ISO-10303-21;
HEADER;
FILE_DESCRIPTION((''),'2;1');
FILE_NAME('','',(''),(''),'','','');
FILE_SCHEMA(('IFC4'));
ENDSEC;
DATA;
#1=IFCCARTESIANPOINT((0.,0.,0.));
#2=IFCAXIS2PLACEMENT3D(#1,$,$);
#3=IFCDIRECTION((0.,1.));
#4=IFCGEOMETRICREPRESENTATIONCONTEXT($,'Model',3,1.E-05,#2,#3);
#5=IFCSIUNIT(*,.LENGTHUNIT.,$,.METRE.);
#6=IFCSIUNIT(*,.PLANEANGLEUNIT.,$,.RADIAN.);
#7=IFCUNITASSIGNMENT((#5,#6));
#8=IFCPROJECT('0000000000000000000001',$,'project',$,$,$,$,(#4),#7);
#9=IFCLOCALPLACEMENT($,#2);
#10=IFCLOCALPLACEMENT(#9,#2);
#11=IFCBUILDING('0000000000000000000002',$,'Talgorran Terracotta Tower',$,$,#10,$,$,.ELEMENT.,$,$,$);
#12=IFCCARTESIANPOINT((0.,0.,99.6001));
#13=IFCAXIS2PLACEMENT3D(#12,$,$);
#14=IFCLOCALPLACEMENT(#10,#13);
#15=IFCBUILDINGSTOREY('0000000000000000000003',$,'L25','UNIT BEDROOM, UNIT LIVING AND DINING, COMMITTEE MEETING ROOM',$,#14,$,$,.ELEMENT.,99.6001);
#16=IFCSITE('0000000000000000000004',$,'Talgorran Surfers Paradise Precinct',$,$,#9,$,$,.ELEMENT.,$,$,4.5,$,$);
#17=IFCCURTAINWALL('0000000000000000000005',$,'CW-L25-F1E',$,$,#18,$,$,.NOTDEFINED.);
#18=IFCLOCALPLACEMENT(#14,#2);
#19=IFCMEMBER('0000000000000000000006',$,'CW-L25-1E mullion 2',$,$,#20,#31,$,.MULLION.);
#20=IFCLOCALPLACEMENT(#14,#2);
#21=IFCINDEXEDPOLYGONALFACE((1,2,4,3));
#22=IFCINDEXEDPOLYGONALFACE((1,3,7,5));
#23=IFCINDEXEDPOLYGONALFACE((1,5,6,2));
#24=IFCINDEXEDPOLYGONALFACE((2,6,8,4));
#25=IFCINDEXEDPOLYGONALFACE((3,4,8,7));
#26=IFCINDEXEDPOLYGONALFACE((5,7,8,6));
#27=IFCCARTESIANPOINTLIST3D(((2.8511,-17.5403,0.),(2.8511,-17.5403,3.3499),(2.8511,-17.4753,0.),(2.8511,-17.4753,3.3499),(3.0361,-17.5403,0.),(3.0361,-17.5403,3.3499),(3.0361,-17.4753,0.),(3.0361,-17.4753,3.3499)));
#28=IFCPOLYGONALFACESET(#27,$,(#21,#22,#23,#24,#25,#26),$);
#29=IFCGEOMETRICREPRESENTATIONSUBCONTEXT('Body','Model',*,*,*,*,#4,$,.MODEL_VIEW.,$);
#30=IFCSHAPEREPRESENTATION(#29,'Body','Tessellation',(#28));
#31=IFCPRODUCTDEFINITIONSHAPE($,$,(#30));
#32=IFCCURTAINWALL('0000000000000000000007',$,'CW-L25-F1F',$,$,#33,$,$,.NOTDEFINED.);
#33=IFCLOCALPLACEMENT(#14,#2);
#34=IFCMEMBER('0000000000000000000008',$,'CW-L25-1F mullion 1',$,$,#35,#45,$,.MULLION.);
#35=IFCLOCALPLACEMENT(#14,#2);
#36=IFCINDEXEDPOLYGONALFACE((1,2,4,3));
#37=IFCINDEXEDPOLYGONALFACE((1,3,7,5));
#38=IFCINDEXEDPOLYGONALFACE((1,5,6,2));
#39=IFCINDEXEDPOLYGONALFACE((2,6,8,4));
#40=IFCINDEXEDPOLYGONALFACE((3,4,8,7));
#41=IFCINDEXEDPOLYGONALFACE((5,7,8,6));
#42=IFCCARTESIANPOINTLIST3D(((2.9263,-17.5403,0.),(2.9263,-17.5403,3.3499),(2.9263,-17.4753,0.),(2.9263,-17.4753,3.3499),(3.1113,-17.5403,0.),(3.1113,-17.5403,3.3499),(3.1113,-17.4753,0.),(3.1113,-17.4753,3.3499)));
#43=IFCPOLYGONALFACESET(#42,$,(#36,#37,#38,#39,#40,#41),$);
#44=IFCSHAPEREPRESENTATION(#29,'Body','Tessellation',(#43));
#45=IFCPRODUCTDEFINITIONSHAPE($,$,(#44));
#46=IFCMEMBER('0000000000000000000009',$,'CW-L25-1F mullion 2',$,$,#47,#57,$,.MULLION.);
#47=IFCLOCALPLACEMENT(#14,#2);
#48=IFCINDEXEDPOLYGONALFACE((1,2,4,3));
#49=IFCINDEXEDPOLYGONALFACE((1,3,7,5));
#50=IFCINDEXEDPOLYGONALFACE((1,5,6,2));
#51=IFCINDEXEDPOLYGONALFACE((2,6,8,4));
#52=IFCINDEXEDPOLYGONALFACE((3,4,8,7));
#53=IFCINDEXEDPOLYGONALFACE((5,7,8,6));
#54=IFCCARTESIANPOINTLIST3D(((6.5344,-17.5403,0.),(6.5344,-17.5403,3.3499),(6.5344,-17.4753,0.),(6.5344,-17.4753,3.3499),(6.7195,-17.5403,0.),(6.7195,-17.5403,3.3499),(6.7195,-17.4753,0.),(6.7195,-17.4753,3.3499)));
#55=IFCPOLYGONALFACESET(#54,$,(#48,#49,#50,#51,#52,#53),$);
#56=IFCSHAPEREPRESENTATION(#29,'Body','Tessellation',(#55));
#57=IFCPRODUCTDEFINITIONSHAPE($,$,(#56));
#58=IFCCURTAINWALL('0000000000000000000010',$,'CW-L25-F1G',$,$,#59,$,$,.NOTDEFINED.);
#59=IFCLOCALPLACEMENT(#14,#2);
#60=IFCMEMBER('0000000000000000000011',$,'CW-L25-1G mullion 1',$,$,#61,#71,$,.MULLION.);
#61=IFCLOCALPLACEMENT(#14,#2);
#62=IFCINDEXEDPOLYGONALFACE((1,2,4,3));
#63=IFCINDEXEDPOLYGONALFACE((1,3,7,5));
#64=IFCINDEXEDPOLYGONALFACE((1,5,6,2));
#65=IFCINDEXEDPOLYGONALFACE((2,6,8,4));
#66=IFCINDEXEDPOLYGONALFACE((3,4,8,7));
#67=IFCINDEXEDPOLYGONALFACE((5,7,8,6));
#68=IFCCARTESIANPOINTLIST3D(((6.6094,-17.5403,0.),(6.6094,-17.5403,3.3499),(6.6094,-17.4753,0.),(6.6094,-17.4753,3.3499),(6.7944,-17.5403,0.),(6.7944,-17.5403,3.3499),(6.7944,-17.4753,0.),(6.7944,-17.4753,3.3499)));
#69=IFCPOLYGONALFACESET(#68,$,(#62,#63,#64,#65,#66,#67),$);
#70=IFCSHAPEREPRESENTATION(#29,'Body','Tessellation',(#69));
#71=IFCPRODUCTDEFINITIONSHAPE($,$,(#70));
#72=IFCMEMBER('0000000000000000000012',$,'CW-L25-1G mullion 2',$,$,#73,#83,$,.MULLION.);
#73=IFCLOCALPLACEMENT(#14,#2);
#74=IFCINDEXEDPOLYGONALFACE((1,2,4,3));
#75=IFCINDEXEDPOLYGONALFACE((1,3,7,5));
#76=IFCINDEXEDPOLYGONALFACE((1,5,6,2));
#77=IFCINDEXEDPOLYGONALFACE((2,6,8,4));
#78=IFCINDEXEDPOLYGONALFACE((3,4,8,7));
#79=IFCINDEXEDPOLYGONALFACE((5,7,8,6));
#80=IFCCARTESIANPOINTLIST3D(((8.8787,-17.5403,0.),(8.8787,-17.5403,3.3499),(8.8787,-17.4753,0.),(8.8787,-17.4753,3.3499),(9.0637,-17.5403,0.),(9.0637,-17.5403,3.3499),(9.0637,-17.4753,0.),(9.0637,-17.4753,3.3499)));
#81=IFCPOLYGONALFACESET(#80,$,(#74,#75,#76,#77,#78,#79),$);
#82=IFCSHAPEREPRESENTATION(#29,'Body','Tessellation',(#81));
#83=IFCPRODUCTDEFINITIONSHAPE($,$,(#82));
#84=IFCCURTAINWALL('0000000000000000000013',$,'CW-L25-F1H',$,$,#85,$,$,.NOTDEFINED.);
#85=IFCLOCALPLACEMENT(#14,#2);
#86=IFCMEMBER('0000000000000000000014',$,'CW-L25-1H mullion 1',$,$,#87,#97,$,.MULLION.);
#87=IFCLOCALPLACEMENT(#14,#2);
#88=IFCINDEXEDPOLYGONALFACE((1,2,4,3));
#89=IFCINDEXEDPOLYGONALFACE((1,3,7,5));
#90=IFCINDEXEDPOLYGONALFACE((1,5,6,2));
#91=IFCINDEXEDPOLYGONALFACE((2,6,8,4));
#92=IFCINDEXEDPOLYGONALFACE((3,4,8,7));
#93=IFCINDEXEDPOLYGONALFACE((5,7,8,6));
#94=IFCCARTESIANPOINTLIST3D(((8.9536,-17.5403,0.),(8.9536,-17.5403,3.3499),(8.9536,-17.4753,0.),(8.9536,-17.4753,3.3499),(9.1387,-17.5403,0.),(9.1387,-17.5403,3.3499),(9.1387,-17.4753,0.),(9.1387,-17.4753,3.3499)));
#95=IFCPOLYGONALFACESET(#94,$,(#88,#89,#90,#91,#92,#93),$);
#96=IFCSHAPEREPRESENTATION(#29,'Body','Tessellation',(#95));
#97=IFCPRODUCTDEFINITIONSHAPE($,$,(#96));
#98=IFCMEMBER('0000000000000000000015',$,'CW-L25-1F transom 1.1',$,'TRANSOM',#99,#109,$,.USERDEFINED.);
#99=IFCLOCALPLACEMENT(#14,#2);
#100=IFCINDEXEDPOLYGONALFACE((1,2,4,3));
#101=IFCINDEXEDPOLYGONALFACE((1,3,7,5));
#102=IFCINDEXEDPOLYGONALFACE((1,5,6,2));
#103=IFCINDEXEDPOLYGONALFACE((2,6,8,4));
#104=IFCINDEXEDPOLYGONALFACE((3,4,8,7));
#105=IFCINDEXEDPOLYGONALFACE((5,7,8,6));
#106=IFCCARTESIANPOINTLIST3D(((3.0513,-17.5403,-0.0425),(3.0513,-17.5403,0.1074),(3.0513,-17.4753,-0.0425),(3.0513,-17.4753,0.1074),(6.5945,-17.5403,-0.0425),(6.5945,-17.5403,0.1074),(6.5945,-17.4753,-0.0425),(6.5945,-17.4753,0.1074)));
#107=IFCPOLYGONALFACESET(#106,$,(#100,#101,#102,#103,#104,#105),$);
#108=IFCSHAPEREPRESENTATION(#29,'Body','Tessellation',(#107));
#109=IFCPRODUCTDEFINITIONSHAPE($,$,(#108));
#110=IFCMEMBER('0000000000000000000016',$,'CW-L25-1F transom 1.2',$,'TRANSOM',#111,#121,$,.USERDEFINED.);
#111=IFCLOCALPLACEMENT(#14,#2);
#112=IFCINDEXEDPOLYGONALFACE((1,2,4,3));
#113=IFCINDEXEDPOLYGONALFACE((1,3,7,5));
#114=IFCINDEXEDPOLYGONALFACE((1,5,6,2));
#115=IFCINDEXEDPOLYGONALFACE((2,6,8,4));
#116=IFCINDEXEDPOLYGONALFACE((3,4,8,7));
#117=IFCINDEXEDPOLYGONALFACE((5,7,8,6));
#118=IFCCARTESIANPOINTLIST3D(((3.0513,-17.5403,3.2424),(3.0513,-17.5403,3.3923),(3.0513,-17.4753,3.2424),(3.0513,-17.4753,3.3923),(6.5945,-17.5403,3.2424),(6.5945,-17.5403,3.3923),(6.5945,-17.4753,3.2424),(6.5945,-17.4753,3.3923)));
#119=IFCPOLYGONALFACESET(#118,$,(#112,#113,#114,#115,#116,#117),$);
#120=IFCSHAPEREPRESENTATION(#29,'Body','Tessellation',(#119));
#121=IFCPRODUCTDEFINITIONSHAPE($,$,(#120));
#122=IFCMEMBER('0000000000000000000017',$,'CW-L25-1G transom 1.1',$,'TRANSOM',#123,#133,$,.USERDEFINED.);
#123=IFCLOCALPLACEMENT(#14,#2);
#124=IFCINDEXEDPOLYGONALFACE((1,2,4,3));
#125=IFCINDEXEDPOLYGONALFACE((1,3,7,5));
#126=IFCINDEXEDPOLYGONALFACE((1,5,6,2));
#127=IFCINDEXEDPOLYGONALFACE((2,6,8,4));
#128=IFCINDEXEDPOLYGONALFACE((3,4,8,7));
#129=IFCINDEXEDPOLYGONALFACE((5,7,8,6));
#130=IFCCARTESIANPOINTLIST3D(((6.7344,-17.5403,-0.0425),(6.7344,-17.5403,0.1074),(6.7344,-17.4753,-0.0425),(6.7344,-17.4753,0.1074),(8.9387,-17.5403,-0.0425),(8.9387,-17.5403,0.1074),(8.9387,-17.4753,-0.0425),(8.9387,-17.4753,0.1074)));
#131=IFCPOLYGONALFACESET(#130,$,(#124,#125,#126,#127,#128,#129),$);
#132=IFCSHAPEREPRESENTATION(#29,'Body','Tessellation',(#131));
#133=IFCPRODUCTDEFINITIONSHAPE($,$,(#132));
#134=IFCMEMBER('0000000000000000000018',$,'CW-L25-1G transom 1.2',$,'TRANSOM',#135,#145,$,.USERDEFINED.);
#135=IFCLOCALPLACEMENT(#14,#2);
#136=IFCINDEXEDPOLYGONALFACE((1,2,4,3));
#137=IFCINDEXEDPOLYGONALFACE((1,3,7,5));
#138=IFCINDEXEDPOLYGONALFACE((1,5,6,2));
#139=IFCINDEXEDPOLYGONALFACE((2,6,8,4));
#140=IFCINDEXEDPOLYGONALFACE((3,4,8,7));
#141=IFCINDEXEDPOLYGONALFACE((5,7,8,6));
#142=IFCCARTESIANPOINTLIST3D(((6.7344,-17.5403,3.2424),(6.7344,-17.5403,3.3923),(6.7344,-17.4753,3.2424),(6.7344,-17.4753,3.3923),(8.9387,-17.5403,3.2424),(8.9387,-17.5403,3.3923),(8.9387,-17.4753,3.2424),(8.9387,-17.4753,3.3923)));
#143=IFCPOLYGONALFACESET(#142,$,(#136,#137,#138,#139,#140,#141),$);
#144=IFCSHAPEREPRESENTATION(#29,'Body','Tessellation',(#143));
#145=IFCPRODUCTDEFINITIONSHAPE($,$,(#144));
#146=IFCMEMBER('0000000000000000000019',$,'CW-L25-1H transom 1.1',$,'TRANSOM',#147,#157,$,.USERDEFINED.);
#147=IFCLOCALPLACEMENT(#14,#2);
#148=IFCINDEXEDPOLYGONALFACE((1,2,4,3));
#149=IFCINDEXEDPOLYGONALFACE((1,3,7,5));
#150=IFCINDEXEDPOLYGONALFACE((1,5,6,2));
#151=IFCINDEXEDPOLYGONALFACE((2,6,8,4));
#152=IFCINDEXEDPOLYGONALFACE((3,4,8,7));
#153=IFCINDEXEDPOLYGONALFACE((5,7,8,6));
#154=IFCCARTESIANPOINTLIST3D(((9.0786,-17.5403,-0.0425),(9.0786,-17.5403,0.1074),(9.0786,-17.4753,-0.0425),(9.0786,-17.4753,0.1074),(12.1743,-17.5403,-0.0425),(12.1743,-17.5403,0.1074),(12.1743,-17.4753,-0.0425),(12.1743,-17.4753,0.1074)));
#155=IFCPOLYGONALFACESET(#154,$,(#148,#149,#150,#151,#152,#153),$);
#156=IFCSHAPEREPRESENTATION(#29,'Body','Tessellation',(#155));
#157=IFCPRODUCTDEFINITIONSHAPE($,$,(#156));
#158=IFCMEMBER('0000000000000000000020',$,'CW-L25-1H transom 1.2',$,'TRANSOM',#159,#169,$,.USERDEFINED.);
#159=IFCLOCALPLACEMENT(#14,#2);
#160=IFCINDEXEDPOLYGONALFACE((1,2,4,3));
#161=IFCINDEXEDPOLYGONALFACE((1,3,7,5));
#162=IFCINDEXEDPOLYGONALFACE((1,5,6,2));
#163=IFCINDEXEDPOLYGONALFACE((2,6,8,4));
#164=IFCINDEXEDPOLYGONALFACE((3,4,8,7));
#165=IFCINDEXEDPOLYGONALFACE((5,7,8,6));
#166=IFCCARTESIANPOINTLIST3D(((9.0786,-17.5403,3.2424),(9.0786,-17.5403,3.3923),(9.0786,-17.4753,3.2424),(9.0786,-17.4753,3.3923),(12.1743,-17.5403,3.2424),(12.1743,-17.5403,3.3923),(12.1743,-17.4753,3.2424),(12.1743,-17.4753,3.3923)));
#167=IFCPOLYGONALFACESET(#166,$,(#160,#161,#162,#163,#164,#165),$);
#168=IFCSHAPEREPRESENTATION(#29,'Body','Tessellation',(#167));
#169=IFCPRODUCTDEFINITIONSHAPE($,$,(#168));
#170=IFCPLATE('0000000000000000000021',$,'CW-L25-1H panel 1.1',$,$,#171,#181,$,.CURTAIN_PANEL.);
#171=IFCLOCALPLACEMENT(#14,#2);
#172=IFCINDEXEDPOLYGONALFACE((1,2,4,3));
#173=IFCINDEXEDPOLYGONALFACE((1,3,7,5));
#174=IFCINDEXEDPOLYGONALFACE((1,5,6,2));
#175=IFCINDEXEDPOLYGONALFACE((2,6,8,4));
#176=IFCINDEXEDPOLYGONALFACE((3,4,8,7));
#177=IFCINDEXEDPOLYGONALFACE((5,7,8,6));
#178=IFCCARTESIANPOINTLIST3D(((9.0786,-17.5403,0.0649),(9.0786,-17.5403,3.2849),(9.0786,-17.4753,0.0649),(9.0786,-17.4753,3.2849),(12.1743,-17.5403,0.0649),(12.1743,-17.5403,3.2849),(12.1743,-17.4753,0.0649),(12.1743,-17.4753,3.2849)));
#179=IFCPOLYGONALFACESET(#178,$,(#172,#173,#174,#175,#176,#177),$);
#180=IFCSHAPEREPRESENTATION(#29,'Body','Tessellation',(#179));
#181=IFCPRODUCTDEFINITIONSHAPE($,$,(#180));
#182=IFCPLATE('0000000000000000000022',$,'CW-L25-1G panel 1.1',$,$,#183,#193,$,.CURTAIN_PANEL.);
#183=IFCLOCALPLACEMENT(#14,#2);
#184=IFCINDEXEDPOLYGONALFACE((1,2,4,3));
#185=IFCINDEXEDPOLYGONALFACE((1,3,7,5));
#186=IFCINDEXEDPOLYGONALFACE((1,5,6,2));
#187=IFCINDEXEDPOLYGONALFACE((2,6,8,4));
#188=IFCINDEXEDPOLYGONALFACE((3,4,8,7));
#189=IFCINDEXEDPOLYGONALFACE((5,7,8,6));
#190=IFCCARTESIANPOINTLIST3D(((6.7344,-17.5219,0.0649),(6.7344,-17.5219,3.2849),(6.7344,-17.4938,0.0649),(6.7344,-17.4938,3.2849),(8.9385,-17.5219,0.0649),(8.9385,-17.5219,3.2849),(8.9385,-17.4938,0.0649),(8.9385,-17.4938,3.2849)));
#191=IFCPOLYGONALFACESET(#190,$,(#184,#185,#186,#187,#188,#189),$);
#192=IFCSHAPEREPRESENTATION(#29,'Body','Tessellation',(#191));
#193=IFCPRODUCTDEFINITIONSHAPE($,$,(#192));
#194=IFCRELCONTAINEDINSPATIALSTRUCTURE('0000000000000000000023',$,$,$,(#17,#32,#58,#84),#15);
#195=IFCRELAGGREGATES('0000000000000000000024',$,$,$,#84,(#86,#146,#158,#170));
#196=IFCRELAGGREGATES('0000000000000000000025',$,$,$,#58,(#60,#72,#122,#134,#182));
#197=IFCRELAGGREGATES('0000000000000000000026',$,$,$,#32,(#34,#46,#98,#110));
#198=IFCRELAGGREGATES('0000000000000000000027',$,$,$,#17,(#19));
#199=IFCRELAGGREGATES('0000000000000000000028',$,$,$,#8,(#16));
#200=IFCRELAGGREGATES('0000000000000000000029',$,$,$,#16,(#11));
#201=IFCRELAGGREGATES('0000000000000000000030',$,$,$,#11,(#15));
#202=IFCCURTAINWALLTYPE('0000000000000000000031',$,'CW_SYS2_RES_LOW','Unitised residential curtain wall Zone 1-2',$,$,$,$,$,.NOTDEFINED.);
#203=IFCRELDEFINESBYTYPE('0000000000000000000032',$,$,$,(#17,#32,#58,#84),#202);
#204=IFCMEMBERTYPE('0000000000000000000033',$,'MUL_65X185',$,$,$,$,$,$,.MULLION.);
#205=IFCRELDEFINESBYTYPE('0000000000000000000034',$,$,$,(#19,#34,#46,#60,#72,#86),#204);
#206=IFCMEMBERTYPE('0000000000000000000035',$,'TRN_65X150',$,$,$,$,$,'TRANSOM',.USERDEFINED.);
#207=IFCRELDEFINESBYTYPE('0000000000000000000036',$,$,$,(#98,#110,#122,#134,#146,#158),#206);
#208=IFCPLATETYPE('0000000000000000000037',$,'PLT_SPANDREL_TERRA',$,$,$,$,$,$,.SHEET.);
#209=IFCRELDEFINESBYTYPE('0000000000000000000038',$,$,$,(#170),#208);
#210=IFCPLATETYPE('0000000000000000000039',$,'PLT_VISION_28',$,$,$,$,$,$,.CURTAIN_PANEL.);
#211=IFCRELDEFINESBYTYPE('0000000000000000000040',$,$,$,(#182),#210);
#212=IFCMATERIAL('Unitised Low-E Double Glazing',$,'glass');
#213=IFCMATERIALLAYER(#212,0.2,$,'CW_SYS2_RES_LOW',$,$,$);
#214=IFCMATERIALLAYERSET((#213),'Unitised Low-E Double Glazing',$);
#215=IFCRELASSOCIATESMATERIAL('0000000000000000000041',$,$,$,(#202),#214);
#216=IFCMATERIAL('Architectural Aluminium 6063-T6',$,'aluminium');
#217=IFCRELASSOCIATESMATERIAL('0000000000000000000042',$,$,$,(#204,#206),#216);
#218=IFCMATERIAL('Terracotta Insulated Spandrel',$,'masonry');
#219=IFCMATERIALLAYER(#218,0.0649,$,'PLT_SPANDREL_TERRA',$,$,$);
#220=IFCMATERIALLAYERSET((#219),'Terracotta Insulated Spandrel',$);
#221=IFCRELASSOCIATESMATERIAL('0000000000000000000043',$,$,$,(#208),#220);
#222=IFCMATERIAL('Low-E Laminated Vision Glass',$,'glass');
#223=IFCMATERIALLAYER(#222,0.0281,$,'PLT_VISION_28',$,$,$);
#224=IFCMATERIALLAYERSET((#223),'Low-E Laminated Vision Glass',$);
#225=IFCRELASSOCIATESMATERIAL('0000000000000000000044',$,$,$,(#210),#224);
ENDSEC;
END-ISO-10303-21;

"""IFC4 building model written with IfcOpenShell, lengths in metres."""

from ifc_helpers import new_model, si_unit, direction, frame, origin, origin_2d, place, context, subcontext, project, spatial, rectangle, extrude, source, transform, mapped, material, layer, layer_set, material_profile, profile_set, type_object, element, aggregate, save


model = new_model("IFC4")

# Units and contexts
model_context = context("Model", 3, precision=1e-05, world=origin(), true_north=direction((0.0, 1.0)))
body_context = subcontext(model_context, "Body", "Model", "MODEL_VIEW")
ifc_project = project(units=[si_unit("LENGTHUNIT", "METRE"), si_unit("PLANEANGLEUNIT", "RADIAN")], contexts=[model_context])

# Site, building, storey
site_placement = place(None, origin())
site = spatial("IfcSite", under=ifc_project, at=site_placement, Name="Talgorran Surfers Paradise Precinct", CompositionType="ELEMENT", RefElevation=4.5)
building_placement = place(site_placement, origin())
building = spatial("IfcBuilding", under=site, at=building_placement, Name="Talgorran Terracotta Tower", CompositionType="ELEMENT")
storey_placement = place(building_placement, frame((0.0, 0.0, 99.6001)))
storey = spatial("IfcBuildingStorey", under=building, at=storey_placement, Name="L25", Description="UNIT BEDROOM, UNIT LIVING AND DINING, COMMITTEE MEETING ROOM", CompositionType="ELEMENT", Elevation=99.6001)

# Curtain wall, member
ifc_material_1 = material(Name="Unitised Low-E Double Glazing", Category="glass")
ifc_layer_1 = layer(ifc_material_1, 0.2, Name="CW_SYS2_RES_LOW")
ifc_layer_set_1 = layer_set([ifc_layer_1], Name="Unitised Low-E Double Glazing")
curtain_wall_type = type_object("IfcCurtainWallType", Name="CW_SYS2_RES_LOW", Description="Unitised residential curtain wall Zone 1-2", PredefinedType="NOTDEFINED", material=ifc_layer_set_1)
curtain_wall_1_placement = place(storey_placement, origin())
curtain_wall_1 = element("IfcCurtainWall", 1, at=curtain_wall_1_placement, inside=storey, type_object=curtain_wall_type, Name="CW-L25-F1E", PredefinedType="NOTDEFINED")
ifc_material_2 = material(Name="Architectural Aluminium 6063-T6", Category="aluminium")
ifc_material_profile_1 = material_profile(ifc_material_2, rectangle(XDim=0.0649, YDim=0.1851, at=origin_2d()), Name="CWM65X185")
ifc_profile_set_1 = profile_set([ifc_material_profile_1], Name="Architectural Aluminium 6063-T6")
member_type_1 = type_object("IfcMemberType", Name="MUL_65X185", PredefinedType="MULLION", material=ifc_profile_set_1)
member_1_placement = place(storey_placement, frame((2.9436, -17.5078, 0.0), z_axis=(0.0, 0.0, 1.0), x_axis=(0.0, 1.0, 0.0)))
member_1 = element("IfcMember", 2, at=member_1_placement, type_object=member_type_1, Name="CW-L25-1E mullion 2", PredefinedType="MULLION", context=body_context, shape_type="SweptSolid", body=[
    extrude(rectangle(XDim=0.0649, YDim=0.1851, at=origin_2d()), origin(), (0.0, 0.0, 1.0), 3.3499),
])

# Curtain walls, members
curtain_wall_2_placement = place(storey_placement, origin())
curtain_wall_2 = element("IfcCurtainWall", 3, at=curtain_wall_2_placement, inside=storey, type_object=curtain_wall_type, Name="CW-L25-F1F", PredefinedType="NOTDEFINED")
member_2_placement = place(storey_placement, frame((3.0188, -17.5078, 0.0), z_axis=(0.0, 0.0, 1.0), x_axis=(0.0, 1.0, 0.0)))
member_2 = element("IfcMember", 4, at=member_2_placement, type_object=member_type_1, Name="CW-L25-1F mullion 1", PredefinedType="MULLION", context=body_context, shape_type="SweptSolid", body=[
    extrude(rectangle(XDim=0.0649, YDim=0.1851, at=origin_2d()), origin(), (0.0, 0.0, 1.0), 3.3499),
])
member_3_placement = place(storey_placement, frame((6.627, -17.5078, 0.0), z_axis=(0.0, 0.0, 1.0), x_axis=(0.0, 1.0, 0.0)))
member_3 = element("IfcMember", 5, at=member_3_placement, type_object=member_type_1, Name="CW-L25-1F mullion 2", PredefinedType="MULLION", context=body_context, shape_type="SweptSolid", body=[
    extrude(rectangle(XDim=0.0649, YDim=0.1851, at=origin_2d()), origin(), (0.0, 0.0, 1.0), 3.3499),
])
curtain_wall_3_placement = place(storey_placement, origin())
curtain_wall_3 = element("IfcCurtainWall", 6, at=curtain_wall_3_placement, inside=storey, type_object=curtain_wall_type, Name="CW-L25-F1G", PredefinedType="NOTDEFINED")
member_4_placement = place(storey_placement, frame((6.7019, -17.5078, 0.0), z_axis=(0.0, 0.0, 1.0), x_axis=(0.0, 1.0, 0.0)))
member_4 = element("IfcMember", 7, at=member_4_placement, type_object=member_type_1, Name="CW-L25-1G mullion 1", PredefinedType="MULLION", context=body_context, shape_type="SweptSolid", body=[
    extrude(rectangle(XDim=0.0649, YDim=0.1851, at=origin_2d()), origin(), (0.0, 0.0, 1.0), 3.3499),
])
member_5_placement = place(storey_placement, frame((8.9712, -17.5078, 0.0), z_axis=(0.0, 0.0, 1.0), x_axis=(0.0, 1.0, 0.0)))
member_5 = element("IfcMember", 8, at=member_5_placement, type_object=member_type_1, Name="CW-L25-1G mullion 2", PredefinedType="MULLION", context=body_context, shape_type="SweptSolid", body=[
    extrude(rectangle(XDim=0.0649, YDim=0.1851, at=origin_2d()), origin(), (0.0, 0.0, 1.0), 3.3499),
])

# Curtain wall, member
curtain_wall_4_placement = place(storey_placement, origin())
curtain_wall_4 = element("IfcCurtainWall", 9, at=curtain_wall_4_placement, inside=storey, type_object=curtain_wall_type, Name="CW-L25-F1H", PredefinedType="NOTDEFINED")
member_6_placement = place(storey_placement, frame((9.0461, -17.5078, 0.0), z_axis=(0.0, 0.0, 1.0), x_axis=(0.0, 1.0, 0.0)))
member_6 = element("IfcMember", 10, at=member_6_placement, type_object=member_type_1, Name="CW-L25-1H mullion 1", PredefinedType="MULLION", context=body_context, shape_type="SweptSolid", body=[
    extrude(rectangle(XDim=0.0649, YDim=0.1851, at=origin_2d()), origin(), (0.0, 0.0, 1.0), 3.3499),
])

# Members
ifc_material_profile_2 = material_profile(ifc_material_2, rectangle(XDim=0.0649, YDim=0.1499, at=origin_2d()), Name="CWT65X150")
ifc_profile_set_2 = profile_set([ifc_material_profile_2], Name="Architectural Aluminium 6063-T6")
member_type_2 = type_object("IfcMemberType", Name="TRN_65X150", ElementType="TRANSOM", PredefinedType="USERDEFINED", material=ifc_profile_set_2)
member_7_placement = place(storey_placement, frame((3.0513, -17.5078, 0.0325), z_axis=(1.0, 0.0, 0.0), x_axis=(0.0, 1.0, 0.0)))
member_7 = element("IfcMember", 11, at=member_7_placement, type_object=member_type_2, Name="CW-L25-1F transom 1.1", ObjectType="TRANSOM", PredefinedType="USERDEFINED", context=body_context, shape_type="SweptSolid", body=[
    extrude(rectangle(XDim=0.0649, YDim=0.1499, at=origin_2d()), origin(), (0.0, 0.0, 1.0), 3.5432),
])
member_8_placement = place(storey_placement, frame((3.0513, -17.5078, 3.3174), z_axis=(1.0, 0.0, 0.0), x_axis=(0.0, 1.0, 0.0)))
member_8 = element("IfcMember", 12, at=member_8_placement, type_object=member_type_2, Name="CW-L25-1F transom 1.2", ObjectType="TRANSOM", PredefinedType="USERDEFINED", context=body_context, shape_type="SweptSolid", body=[
    extrude(rectangle(XDim=0.0649, YDim=0.1499, at=origin_2d()), origin(), (0.0, 0.0, 1.0), 3.5432),
])
member_9_placement = place(storey_placement, frame((6.7344, -17.5078, 0.0325), z_axis=(1.0, 0.0, 0.0), x_axis=(0.0, 1.0, 0.0)))
member_9 = element("IfcMember", 13, at=member_9_placement, type_object=member_type_2, Name="CW-L25-1G transom 1.1", ObjectType="TRANSOM", PredefinedType="USERDEFINED", context=body_context, shape_type="SweptSolid", body=[
    extrude(rectangle(XDim=0.0649, YDim=0.1499, at=origin_2d()), origin(), (0.0, 0.0, 1.0), 2.2043),
])
member_10_placement = place(storey_placement, frame((6.7344, -17.5078, 3.3174), z_axis=(1.0, 0.0, 0.0), x_axis=(0.0, 1.0, 0.0)))
member_10 = element("IfcMember", 14, at=member_10_placement, type_object=member_type_2, Name="CW-L25-1G transom 1.2", ObjectType="TRANSOM", PredefinedType="USERDEFINED", context=body_context, shape_type="SweptSolid", body=[
    extrude(rectangle(XDim=0.0649, YDim=0.1499, at=origin_2d()), origin(), (0.0, 0.0, 1.0), 2.2043),
])
member_11_placement = place(storey_placement, frame((9.0786, -17.5078, 0.0325), z_axis=(1.0, 0.0, 0.0), x_axis=(0.0, 1.0, 0.0)))
member_11 = element("IfcMember", 15, at=member_11_placement, type_object=member_type_2, Name="CW-L25-1H transom 1.1", ObjectType="TRANSOM", PredefinedType="USERDEFINED", context=body_context, shape_type="SweptSolid", body=[
    extrude(rectangle(XDim=0.0649, YDim=0.1499, at=origin_2d()), origin(), (0.0, 0.0, 1.0), 3.0957),
])
member_12_placement = place(storey_placement, frame((9.0786, -17.5078, 3.3174), z_axis=(1.0, 0.0, 0.0), x_axis=(0.0, 1.0, 0.0)))
member_12 = element("IfcMember", 16, at=member_12_placement, type_object=member_type_2, Name="CW-L25-1H transom 1.2", ObjectType="TRANSOM", PredefinedType="USERDEFINED", context=body_context, shape_type="SweptSolid", body=[
    extrude(rectangle(XDim=0.0649, YDim=0.1499, at=origin_2d()), origin(), (0.0, 0.0, 1.0), 3.0957),
])

# Plates
ifc_material_3 = material(Name="Terracotta Insulated Spandrel", Category="masonry")
ifc_layer_2 = layer(ifc_material_3, 0.0649, Name="PLT_SPANDREL_TERRA")
ifc_layer_set_2 = layer_set([ifc_layer_2], Name="Terracotta Insulated Spandrel")
plate_type_1 = type_object("IfcPlateType", Name="PLT_SPANDREL_TERRA", PredefinedType="SHEET", material=ifc_layer_set_2)
shared_shape_1 = source(origin(), body_context, "Body", "SweptSolid", [
    extrude(rectangle(XDim=3.0957, YDim=0.0649, at=origin_2d()), origin(), (0.0, 0.0, 1.0), 3.22),
])
plate_1_placement = place(storey_placement, frame((10.6265, -17.5078, 0.0649), z_axis=(0.0, 0.0, 1.0), x_axis=(1.0, 0.0, 0.0)))
plate_1 = element("IfcPlate", 17, at=plate_1_placement, type_object=plate_type_1, Name="CW-L25-1H panel 1.1", PredefinedType="CURTAIN_PANEL", context=body_context, shape_type="MappedRepresentation", body=[
    mapped(shared_shape_1, transform((0.0, 0.0, 0.0), scale=1.0)),
])
aggregate(curtain_wall_4, [member_6, member_11, member_12, plate_1])
ifc_material_4 = material(Name="Low-E Laminated Vision Glass", Category="glass")
ifc_layer_3 = layer(ifc_material_4, 0.0281, Name="PLT_VISION_28")
ifc_layer_set_3 = layer_set([ifc_layer_3], Name="Low-E Laminated Vision Glass")
plate_type_2 = type_object("IfcPlateType", Name="PLT_VISION_28", PredefinedType="CURTAIN_PANEL", material=ifc_layer_set_3)
shared_shape_2 = source(origin(), body_context, "Body", "SweptSolid", [
    extrude(rectangle(XDim=2.2041, YDim=0.0281, at=origin_2d()), origin(), (0.0, 0.0, 1.0), 3.22),
])
plate_2_placement = place(storey_placement, frame((7.8364, -17.5078, 0.0649), z_axis=(0.0, 0.0, 1.0), x_axis=(1.0, 0.0, 0.0)))
plate_2 = element("IfcPlate", 18, at=plate_2_placement, type_object=plate_type_2, Name="CW-L25-1G panel 1.1", PredefinedType="CURTAIN_PANEL", context=body_context, shape_type="MappedRepresentation", body=[
    mapped(shared_shape_2, transform((0.0, 0.0, 0.0), scale=1.0)),
])
aggregate(curtain_wall_3, [member_4, member_5, member_9, member_10, plate_2])
aggregate(curtain_wall_2, [member_2, member_3, member_7, member_8])
aggregate(curtain_wall_1, [member_1])

save(model, "model.ifc")
